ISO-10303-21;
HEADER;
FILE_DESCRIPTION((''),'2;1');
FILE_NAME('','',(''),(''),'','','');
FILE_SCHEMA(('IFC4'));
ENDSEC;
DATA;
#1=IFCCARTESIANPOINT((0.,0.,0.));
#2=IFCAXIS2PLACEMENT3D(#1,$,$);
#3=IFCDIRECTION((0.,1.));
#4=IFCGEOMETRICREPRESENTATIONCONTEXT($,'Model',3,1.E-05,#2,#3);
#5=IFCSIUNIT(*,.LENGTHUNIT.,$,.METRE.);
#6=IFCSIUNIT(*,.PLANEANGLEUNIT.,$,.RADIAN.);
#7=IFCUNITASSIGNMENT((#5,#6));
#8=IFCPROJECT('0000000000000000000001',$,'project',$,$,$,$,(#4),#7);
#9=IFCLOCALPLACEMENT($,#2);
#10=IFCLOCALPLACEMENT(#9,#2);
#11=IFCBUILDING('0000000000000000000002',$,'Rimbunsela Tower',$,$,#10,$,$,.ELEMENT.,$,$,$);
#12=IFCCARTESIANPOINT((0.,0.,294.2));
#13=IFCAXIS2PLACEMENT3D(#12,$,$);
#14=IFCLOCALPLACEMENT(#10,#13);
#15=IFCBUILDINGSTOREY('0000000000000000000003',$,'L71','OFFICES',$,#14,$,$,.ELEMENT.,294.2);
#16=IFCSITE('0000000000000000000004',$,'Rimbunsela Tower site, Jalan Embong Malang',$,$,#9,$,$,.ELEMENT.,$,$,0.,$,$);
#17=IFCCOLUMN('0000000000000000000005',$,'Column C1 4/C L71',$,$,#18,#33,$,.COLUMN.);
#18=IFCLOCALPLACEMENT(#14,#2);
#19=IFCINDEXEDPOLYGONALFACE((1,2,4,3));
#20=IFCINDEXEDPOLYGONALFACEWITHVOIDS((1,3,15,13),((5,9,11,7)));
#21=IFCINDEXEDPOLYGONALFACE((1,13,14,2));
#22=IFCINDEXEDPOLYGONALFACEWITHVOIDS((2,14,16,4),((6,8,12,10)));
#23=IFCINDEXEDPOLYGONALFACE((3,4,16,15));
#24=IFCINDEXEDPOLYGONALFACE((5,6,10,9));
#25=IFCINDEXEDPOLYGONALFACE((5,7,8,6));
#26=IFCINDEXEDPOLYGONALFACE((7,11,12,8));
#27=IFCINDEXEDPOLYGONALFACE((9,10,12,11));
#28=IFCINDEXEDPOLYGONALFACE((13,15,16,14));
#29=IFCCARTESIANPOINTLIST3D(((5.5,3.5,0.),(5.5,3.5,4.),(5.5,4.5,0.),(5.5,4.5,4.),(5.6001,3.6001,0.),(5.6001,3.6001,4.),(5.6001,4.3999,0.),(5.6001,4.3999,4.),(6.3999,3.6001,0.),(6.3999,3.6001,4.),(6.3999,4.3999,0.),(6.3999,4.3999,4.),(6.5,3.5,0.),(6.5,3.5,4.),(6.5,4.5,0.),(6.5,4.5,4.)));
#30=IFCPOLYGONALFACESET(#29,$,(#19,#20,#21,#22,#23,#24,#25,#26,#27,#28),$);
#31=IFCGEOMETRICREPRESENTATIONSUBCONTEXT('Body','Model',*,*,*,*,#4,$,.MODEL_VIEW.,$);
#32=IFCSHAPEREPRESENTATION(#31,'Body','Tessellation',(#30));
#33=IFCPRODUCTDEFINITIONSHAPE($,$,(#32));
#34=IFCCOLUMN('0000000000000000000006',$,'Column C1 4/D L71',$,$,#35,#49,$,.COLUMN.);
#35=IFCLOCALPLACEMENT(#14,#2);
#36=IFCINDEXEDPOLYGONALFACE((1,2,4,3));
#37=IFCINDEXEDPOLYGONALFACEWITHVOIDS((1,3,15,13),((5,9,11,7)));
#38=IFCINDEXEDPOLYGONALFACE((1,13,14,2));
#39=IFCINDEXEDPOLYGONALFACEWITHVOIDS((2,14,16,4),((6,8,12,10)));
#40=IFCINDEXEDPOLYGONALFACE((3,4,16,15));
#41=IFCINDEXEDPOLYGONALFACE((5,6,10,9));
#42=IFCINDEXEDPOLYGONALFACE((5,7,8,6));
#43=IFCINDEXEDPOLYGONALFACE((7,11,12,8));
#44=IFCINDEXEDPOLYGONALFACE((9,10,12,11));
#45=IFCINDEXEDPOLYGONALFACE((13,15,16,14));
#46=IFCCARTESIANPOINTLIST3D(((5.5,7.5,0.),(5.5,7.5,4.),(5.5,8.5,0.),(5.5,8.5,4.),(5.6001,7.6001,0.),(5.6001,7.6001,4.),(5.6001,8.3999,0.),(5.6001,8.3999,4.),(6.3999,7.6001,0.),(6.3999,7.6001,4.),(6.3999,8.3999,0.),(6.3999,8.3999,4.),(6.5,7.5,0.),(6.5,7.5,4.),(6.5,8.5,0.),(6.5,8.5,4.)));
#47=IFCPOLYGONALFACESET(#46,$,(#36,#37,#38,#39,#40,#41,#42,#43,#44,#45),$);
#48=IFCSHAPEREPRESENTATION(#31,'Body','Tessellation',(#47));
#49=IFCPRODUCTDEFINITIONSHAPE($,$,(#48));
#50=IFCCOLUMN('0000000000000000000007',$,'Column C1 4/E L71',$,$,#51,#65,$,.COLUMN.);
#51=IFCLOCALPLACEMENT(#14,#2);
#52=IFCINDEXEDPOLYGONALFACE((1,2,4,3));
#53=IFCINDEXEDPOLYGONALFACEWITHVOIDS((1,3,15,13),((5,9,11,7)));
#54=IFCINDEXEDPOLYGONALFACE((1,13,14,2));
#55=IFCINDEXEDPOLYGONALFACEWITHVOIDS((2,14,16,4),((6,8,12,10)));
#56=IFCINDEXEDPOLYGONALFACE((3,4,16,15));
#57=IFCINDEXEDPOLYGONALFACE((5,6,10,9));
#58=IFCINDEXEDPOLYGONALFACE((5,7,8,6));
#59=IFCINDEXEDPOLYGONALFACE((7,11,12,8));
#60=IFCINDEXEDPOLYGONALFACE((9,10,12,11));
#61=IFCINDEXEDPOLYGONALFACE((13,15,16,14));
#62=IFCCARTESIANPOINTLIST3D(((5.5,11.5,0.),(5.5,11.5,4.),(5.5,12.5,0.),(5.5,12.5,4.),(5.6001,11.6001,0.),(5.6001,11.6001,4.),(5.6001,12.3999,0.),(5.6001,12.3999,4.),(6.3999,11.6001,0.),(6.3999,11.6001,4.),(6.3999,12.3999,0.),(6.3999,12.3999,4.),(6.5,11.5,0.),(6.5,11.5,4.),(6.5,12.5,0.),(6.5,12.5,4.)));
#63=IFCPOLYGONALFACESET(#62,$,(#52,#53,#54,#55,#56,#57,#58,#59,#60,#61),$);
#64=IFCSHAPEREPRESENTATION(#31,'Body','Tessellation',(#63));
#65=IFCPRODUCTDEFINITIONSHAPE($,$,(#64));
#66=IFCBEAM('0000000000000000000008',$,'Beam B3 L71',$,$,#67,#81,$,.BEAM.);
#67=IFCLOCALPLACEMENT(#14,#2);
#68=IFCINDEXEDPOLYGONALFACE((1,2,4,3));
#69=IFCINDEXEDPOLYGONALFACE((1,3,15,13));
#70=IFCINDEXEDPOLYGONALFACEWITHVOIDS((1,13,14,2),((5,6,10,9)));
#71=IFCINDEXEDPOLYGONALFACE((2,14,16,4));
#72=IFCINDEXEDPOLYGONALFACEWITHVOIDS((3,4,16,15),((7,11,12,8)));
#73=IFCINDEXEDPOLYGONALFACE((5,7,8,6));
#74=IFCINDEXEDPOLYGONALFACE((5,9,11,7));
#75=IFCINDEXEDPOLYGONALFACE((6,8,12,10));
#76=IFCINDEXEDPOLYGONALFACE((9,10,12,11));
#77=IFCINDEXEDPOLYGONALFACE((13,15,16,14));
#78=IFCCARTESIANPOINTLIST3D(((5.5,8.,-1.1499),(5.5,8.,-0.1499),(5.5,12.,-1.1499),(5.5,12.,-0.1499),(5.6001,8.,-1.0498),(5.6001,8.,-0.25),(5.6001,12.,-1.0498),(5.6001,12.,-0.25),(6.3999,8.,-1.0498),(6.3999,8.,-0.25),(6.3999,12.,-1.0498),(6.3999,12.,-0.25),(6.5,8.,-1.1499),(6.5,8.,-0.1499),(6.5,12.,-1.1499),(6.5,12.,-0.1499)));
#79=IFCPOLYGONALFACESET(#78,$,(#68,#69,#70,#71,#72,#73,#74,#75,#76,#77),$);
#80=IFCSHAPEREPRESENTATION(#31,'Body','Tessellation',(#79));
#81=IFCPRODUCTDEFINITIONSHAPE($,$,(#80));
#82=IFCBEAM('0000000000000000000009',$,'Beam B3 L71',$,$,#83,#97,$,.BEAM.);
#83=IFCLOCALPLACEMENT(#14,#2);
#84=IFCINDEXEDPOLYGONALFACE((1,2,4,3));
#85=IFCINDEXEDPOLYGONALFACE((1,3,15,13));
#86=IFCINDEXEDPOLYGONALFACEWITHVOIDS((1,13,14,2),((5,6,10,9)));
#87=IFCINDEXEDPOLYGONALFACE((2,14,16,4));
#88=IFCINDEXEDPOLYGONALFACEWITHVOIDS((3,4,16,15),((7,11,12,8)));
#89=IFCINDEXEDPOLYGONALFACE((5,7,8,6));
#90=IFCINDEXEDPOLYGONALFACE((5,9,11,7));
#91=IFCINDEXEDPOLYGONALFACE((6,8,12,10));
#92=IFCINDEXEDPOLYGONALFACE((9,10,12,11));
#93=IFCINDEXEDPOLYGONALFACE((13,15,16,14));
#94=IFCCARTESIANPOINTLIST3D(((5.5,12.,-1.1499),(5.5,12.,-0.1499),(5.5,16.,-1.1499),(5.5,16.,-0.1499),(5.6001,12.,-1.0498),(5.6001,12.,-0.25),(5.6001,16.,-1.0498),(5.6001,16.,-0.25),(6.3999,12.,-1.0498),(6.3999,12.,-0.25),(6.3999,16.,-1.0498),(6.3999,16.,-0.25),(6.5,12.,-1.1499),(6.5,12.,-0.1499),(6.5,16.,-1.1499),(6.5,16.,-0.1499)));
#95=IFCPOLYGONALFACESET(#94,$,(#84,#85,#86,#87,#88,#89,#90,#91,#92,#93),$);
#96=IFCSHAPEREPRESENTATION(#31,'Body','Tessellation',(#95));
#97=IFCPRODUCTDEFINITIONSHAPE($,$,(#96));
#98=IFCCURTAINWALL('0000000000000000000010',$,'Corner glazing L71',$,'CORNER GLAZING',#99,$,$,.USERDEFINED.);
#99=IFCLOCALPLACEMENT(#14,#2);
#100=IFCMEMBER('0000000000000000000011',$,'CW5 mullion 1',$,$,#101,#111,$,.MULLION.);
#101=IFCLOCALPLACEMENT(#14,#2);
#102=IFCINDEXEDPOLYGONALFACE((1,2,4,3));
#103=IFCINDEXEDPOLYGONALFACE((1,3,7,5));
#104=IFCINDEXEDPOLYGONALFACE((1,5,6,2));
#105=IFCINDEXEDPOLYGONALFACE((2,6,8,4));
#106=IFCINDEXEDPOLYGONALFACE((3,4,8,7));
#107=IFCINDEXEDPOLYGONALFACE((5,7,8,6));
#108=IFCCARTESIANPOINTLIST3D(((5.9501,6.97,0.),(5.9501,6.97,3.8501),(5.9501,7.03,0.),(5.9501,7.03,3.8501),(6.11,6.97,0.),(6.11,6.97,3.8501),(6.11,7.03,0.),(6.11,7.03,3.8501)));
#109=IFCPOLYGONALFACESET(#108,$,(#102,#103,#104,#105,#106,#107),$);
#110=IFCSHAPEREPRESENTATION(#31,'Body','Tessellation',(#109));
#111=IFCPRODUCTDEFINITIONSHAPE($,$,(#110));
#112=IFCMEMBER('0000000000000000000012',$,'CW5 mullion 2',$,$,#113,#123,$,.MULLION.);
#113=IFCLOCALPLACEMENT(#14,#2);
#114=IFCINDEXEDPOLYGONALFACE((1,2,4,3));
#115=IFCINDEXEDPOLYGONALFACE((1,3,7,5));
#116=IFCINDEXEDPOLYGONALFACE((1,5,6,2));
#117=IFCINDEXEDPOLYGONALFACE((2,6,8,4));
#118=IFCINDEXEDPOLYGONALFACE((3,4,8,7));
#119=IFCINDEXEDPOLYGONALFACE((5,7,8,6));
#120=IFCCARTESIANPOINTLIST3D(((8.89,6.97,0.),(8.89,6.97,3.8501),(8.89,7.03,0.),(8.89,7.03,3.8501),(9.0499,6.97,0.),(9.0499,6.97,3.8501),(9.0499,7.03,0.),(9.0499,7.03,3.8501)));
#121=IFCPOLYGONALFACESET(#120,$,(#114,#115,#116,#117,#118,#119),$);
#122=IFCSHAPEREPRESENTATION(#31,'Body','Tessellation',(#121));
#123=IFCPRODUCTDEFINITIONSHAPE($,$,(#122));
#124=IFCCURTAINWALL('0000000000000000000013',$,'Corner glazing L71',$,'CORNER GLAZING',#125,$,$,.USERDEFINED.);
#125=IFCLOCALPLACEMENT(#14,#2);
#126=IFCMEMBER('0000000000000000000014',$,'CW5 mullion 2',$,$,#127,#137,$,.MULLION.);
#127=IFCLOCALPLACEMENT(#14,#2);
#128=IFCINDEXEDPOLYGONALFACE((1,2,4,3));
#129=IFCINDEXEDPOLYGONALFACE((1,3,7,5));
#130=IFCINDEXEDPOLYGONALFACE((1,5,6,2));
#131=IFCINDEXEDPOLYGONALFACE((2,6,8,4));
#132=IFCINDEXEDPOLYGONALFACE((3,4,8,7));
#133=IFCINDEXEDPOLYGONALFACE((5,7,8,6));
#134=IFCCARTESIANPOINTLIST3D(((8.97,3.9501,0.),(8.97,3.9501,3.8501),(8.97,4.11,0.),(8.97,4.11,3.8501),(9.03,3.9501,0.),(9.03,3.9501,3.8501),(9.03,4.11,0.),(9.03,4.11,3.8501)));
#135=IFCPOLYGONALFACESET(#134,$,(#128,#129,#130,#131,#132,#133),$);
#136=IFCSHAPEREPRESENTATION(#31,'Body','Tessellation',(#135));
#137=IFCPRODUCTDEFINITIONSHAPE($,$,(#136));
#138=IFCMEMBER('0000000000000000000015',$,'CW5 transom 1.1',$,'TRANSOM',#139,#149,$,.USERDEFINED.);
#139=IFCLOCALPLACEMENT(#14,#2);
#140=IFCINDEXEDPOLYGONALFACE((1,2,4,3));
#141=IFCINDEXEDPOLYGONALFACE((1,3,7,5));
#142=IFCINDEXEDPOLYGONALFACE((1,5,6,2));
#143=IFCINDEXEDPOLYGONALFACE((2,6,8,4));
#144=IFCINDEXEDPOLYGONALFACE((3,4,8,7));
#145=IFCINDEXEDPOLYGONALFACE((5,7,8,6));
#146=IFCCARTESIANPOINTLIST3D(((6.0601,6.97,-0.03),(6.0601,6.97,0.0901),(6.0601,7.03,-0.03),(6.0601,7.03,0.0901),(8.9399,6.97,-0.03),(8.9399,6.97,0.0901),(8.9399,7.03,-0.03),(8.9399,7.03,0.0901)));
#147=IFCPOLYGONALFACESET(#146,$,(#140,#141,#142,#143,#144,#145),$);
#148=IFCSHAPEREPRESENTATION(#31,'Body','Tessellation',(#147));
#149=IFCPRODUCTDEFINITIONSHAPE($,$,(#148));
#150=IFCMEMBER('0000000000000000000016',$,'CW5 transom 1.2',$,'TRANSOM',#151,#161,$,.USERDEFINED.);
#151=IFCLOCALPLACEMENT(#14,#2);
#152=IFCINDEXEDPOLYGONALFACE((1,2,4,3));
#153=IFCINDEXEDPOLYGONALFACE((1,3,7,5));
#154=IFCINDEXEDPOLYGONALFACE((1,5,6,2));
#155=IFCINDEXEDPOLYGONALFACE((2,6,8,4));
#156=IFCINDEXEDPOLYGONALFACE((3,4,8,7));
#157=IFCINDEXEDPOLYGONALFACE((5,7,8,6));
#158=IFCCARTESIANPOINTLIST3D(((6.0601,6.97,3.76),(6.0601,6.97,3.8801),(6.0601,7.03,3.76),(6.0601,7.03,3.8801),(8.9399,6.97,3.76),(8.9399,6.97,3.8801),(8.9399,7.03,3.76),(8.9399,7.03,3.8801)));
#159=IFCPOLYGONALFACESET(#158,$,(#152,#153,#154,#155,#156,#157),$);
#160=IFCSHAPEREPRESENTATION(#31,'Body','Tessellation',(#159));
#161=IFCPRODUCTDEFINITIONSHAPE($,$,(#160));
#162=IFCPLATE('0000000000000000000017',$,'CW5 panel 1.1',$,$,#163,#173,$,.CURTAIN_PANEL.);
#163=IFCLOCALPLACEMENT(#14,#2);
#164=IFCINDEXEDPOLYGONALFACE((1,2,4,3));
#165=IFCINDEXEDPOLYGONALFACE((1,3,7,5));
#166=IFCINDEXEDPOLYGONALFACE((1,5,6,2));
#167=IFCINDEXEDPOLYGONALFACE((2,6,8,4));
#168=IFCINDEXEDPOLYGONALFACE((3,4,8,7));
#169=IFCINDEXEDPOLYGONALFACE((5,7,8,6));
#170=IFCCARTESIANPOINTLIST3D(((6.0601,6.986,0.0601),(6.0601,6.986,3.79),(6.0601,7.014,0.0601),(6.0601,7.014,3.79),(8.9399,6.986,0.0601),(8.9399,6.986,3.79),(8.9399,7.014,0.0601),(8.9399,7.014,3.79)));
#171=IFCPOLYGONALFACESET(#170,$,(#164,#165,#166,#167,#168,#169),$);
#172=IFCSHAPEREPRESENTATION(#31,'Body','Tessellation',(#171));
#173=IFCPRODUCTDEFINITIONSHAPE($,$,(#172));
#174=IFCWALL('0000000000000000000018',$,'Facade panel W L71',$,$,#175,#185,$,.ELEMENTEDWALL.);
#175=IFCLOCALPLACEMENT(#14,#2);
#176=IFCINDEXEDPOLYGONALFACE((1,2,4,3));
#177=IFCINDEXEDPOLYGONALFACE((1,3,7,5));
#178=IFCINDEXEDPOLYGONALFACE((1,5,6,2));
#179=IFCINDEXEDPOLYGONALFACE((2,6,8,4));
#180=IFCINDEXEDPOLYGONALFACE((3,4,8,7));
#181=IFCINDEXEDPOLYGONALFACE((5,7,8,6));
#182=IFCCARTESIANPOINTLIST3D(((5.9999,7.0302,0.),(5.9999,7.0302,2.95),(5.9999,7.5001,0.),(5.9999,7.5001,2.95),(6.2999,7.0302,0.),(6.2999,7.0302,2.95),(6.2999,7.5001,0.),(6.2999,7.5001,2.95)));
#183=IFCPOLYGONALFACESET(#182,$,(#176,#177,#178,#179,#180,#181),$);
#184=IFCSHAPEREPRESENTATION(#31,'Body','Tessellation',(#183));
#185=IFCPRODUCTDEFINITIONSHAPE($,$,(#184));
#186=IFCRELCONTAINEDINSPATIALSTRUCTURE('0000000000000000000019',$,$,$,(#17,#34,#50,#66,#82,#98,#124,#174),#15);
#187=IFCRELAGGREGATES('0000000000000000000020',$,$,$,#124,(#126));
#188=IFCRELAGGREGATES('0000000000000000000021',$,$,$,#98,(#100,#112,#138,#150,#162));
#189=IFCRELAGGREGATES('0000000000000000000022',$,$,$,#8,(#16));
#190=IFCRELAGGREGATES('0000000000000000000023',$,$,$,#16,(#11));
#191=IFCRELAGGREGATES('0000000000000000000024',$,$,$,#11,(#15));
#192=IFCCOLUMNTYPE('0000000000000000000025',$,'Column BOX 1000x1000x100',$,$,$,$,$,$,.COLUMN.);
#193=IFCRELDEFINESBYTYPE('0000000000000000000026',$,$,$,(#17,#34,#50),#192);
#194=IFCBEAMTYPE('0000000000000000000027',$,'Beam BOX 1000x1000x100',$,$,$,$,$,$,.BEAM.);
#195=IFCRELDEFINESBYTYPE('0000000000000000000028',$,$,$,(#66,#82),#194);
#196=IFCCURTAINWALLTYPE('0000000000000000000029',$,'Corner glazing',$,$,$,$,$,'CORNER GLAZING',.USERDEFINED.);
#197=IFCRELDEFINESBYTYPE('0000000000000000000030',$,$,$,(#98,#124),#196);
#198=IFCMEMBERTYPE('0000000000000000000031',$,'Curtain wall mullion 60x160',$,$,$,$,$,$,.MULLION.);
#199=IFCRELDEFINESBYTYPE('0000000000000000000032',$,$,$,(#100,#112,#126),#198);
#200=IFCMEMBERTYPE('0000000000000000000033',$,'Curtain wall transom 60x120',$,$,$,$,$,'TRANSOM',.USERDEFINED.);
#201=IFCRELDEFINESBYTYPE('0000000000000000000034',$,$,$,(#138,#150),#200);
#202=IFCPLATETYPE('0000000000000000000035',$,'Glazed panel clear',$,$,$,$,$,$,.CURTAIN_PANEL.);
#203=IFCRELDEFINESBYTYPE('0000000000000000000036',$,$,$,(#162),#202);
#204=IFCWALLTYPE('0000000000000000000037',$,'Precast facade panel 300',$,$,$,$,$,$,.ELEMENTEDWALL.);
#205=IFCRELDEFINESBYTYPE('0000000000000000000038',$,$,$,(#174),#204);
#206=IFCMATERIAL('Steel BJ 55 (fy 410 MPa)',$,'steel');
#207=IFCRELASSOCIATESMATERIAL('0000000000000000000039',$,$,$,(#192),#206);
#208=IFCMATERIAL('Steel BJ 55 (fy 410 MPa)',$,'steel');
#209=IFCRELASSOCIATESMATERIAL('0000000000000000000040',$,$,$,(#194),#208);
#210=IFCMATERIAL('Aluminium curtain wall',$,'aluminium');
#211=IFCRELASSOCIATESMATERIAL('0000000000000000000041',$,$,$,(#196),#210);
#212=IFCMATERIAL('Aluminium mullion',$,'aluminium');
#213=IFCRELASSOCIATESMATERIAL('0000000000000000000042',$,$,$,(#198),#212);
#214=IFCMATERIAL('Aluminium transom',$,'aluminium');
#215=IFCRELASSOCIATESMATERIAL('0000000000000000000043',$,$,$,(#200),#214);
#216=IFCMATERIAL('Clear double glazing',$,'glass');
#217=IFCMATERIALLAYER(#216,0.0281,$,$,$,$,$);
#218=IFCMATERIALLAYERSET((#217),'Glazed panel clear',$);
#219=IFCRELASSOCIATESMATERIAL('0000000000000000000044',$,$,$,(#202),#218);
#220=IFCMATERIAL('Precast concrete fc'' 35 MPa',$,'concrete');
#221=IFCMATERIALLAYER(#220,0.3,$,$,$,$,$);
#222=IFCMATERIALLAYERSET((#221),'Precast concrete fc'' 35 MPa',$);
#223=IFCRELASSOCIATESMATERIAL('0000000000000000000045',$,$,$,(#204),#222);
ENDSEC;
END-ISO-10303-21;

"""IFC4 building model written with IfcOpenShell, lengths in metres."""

from ifc_helpers import new_model, si_unit, direction, frame, frame_2d, origin, origin_2d, place, context, subcontext, project, spatial, rectangle, hollow_rectangle, extrude, material, layer, layer_set, material_profile, profile_set, type_object, element, aggregate, save


model = new_model("IFC4")

# Units and contexts
model_context = context("Model", 3, precision=1e-05, world=origin(), true_north=direction((0.0, 1.0)))
body_context = subcontext(model_context, "Body", "Model", "MODEL_VIEW")
ifc_project = project(units=[si_unit("LENGTHUNIT", "METRE"), si_unit("PLANEANGLEUNIT", "RADIAN")], contexts=[model_context])

# Site, building, storey
site_placement = place(None, origin())
site = spatial("IfcSite", under=ifc_project, at=site_placement, Name="Rimbunsela Tower site, Jalan Embong Malang", CompositionType="ELEMENT", RefElevation=0.0)
building_placement = place(site_placement, origin())
building = spatial("IfcBuilding", under=site, at=building_placement, Name="Rimbunsela Tower", CompositionType="ELEMENT")
storey_placement = place(building_placement, frame((0.0, 0.0, 294.2)))
storey = spatial("IfcBuildingStorey", under=building, at=storey_placement, Name="L71", Description="OFFICES", CompositionType="ELEMENT", Elevation=294.2)

# Columns
ifc_material_1 = material(Name="Steel BJ 55 (fy 410 MPa)", Category="steel")
ifc_material_profile_1 = material_profile(ifc_material_1, hollow_rectangle(XDim=1.0, YDim=1.0, WallThickness=0.1001, at=origin_2d()), Name="BOX 1000x1000x100")
ifc_profile_set_1 = profile_set([ifc_material_profile_1], Name="Steel BJ 55 (fy 410 MPa)")
column_type = type_object("IfcColumnType", Name="Column BOX 1000x1000x100", PredefinedType="COLUMN", material=ifc_profile_set_1)
for number, where, z_axis, x_axis, name in (
    (1, (6.0, 4.0, 0.0), (0.0, 0.0, 1.0), (1.0, 0.0, 0.0), "Column C1 4/C L71"),
    (2, (6.0, 8.0, 0.0), (0.0, 0.0, 1.0), (1.0, 0.0, 0.0), "Column C1 4/D L71"),
    (3, (6.0, 12.0, 0.0), (0.0, 0.0, 1.0), (1.0, 0.0, 0.0), "Column C1 4/E L71"),
):
    element("IfcColumn", number, at=place(storey_placement, frame(where, z_axis=z_axis, x_axis=x_axis)), inside=storey, type_object=column_type, Name=name, PredefinedType="COLUMN", context=body_context, shape_type="SweptSolid", body=[
        extrude(hollow_rectangle(XDim=1.0, YDim=1.0, WallThickness=0.1001, at=origin_2d()), origin(), (0.0, 0.0, 1.0), 4.0),
    ])

# Beams
ifc_material_2 = material(Name="Steel BJ 55 (fy 410 MPa)", Category="steel")
ifc_material_profile_2 = material_profile(ifc_material_2, hollow_rectangle(XDim=1.0, YDim=1.0, WallThickness=0.1001, at=origin_2d()), Name="BOX 1000x1000x100")
ifc_profile_set_2 = profile_set([ifc_material_profile_2], Name="Steel BJ 55 (fy 410 MPa)")
beam_type = type_object("IfcBeamType", Name="Beam BOX 1000x1000x100", PredefinedType="BEAM", material=ifc_profile_set_2)
for number, where, z_axis, x_axis, name in (
    (4, (6.0, 8.0, -0.6499), (0.0, 1.0, 0.0), (-1.0, 0.0, 0.0), "Beam B3 L71"),
    (5, (6.0, 12.0, -0.6499), (0.0, 1.0, 0.0), (-1.0, 0.0, 0.0), "Beam B3 L71"),
):
    element("IfcBeam", number, at=place(storey_placement, frame(where, z_axis=z_axis, x_axis=x_axis)), inside=storey, type_object=beam_type, Name=name, PredefinedType="BEAM", context=body_context, shape_type="SweptSolid", body=[
        extrude(hollow_rectangle(XDim=1.0, YDim=1.0, WallThickness=0.1001, at=origin_2d()), origin(), (0.0, 0.0, 1.0), 4.0),
    ])

# Curtain wall, members
ifc_material_3 = material(Name="Aluminium curtain wall", Category="aluminium")
curtain_wall_type = type_object("IfcCurtainWallType", Name="Corner glazing", ElementType="CORNER GLAZING", PredefinedType="USERDEFINED", material=ifc_material_3)
curtain_wall_1_placement = place(storey_placement, origin())
curtain_wall_1 = element("IfcCurtainWall", 6, at=curtain_wall_1_placement, inside=storey, type_object=curtain_wall_type, Name="Corner glazing L71", ObjectType="CORNER GLAZING", PredefinedType="USERDEFINED")
ifc_material_4 = material(Name="Aluminium mullion", Category="aluminium")
ifc_material_profile_3 = material_profile(ifc_material_4, rectangle(XDim=0.0601, YDim=0.1599, at=origin_2d()), Name="Mullion 60x160")
ifc_profile_set_3 = profile_set([ifc_material_profile_3], Name="Aluminium mullion")
member_type_1 = type_object("IfcMemberType", Name="Curtain wall mullion 60x160", PredefinedType="MULLION", material=ifc_profile_set_3)
member_1_placement = place(storey_placement, frame((6.03, 7.0, 0.0), z_axis=(0.0, 0.0, 1.0), x_axis=(0.0, 1.0, 0.0)))
member_1 = element("IfcMember", 7, at=member_1_placement, type_object=member_type_1, Name="CW5 mullion 1", PredefinedType="MULLION", context=body_context, shape_type="SweptSolid", body=[
    extrude(rectangle(XDim=0.0601, YDim=0.1599, at=origin_2d()), origin(), (0.0, 0.0, 1.0), 3.8501),
])
member_2_placement = place(storey_placement, frame((8.97, 7.0, 0.0), z_axis=(0.0, 0.0, 1.0), x_axis=(0.0, 1.0, 0.0)))
member_2 = element("IfcMember", 8, at=member_2_placement, type_object=member_type_1, Name="CW5 mullion 2", PredefinedType="MULLION", context=body_context, shape_type="SweptSolid", body=[
    extrude(rectangle(XDim=0.0601, YDim=0.1599, at=origin_2d()), origin(), (0.0, 0.0, 1.0), 3.8501),
])

# Curtain wall, member
curtain_wall_2_placement = place(storey_placement, origin())
curtain_wall_2 = element("IfcCurtainWall", 9, at=curtain_wall_2_placement, inside=storey, type_object=curtain_wall_type, Name="Corner glazing L71", ObjectType="CORNER GLAZING", PredefinedType="USERDEFINED")
member_3_placement = place(storey_placement, frame((9.0, 4.03, 0.0), z_axis=(0.0, 0.0, 1.0), x_axis=(1.0, 0.0, 0.0)))
member_3 = element("IfcMember", 10, at=member_3_placement, type_object=member_type_1, Name="CW5 mullion 2", PredefinedType="MULLION", context=body_context, shape_type="SweptSolid", body=[
    extrude(rectangle(XDim=0.0601, YDim=0.1599, at=origin_2d()), origin(), (0.0, 0.0, 1.0), 3.8501),
])
aggregate(curtain_wall_2, [member_3])

# Members
ifc_material_5 = material(Name="Aluminium transom", Category="aluminium")
ifc_material_profile_4 = material_profile(ifc_material_5, rectangle(XDim=0.0601, YDim=0.1201, at=origin_2d()), Name="Transom 60x120")
ifc_profile_set_4 = profile_set([ifc_material_profile_4], Name="Aluminium transom")
member_type_2 = type_object("IfcMemberType", Name="Curtain wall transom 60x120", ElementType="TRANSOM", PredefinedType="USERDEFINED", material=ifc_profile_set_4)
member_4_placement = place(storey_placement, frame((6.0601, 7.0, 0.03), z_axis=(1.0, 0.0, 0.0), x_axis=(0.0, 1.0, 0.0)))
member_4 = element("IfcMember", 11, at=member_4_placement, type_object=member_type_2, Name="CW5 transom 1.1", ObjectType="TRANSOM", PredefinedType="USERDEFINED", context=body_context, shape_type="SweptSolid", body=[
    extrude(rectangle(XDim=0.0601, YDim=0.1201, at=origin_2d()), origin(), (0.0, 0.0, 1.0), 2.8799),
])
member_5_placement = place(storey_placement, frame((6.0601, 7.0, 3.8201), z_axis=(1.0, 0.0, 0.0), x_axis=(0.0, 1.0, 0.0)))
member_5 = element("IfcMember", 12, at=member_5_placement, type_object=member_type_2, Name="CW5 transom 1.2", ObjectType="TRANSOM", PredefinedType="USERDEFINED", context=body_context, shape_type="SweptSolid", body=[
    extrude(rectangle(XDim=0.0601, YDim=0.1201, at=origin_2d()), origin(), (0.0, 0.0, 1.0), 2.8799),
])

# Plate
ifc_material_6 = material(Name="Clear double glazing", Category="glass")
ifc_layer_1 = layer(ifc_material_6, 0.0281)
ifc_layer_set_1 = layer_set([ifc_layer_1], Name="Glazed panel clear")
plate_type = type_object("IfcPlateType", Name="Glazed panel clear", PredefinedType="CURTAIN_PANEL", material=ifc_layer_set_1)
plate_placement = place(storey_placement, frame((7.5, 7.0, 0.0601), z_axis=(0.0, 0.0, 1.0), x_axis=(1.0, 0.0, 0.0)))
plate = element("IfcPlate", 13, at=plate_placement, type_object=plate_type, Name="CW5 panel 1.1", PredefinedType="CURTAIN_PANEL", context=body_context, shape_type="SweptSolid", body=[
    extrude(rectangle(XDim=2.8799, YDim=0.0281, at=origin_2d()), origin(), (0.0, 0.0, 1.0), 3.73),
])
aggregate(curtain_wall_1, [member_1, member_2, member_4, member_5, plate])

# Wall
ifc_material_7 = material(Name="Precast concrete fc' 35 MPa", Category="concrete")
ifc_layer_2 = layer(ifc_material_7, 0.3)
ifc_layer_set_2 = layer_set([ifc_layer_2], Name="Precast concrete fc' 35 MPa")
wall_type = type_object("IfcWallType", Name="Precast facade panel 300", PredefinedType="ELEMENTEDWALL", material=ifc_layer_set_2)
wall_1_placement = place(storey_placement, frame((6.1499, 7.5, 0.0), z_axis=(0.0, 0.0, 1.0), x_axis=(0.0, -1.0, 0.0)))
element("IfcWall", 14, at=wall_1_placement, inside=storey, type_object=wall_type, Name="Facade panel W L71", PredefinedType="ELEMENTEDWALL", context=body_context, shape_type="SweptSolid", body=[
    extrude(rectangle(XDim=0.47, YDim=0.3, at=frame_2d((0.2349, 0.0))), origin(), (0.0, 0.0, 1.0), 2.95),
])

save(model, "model.ifc")
